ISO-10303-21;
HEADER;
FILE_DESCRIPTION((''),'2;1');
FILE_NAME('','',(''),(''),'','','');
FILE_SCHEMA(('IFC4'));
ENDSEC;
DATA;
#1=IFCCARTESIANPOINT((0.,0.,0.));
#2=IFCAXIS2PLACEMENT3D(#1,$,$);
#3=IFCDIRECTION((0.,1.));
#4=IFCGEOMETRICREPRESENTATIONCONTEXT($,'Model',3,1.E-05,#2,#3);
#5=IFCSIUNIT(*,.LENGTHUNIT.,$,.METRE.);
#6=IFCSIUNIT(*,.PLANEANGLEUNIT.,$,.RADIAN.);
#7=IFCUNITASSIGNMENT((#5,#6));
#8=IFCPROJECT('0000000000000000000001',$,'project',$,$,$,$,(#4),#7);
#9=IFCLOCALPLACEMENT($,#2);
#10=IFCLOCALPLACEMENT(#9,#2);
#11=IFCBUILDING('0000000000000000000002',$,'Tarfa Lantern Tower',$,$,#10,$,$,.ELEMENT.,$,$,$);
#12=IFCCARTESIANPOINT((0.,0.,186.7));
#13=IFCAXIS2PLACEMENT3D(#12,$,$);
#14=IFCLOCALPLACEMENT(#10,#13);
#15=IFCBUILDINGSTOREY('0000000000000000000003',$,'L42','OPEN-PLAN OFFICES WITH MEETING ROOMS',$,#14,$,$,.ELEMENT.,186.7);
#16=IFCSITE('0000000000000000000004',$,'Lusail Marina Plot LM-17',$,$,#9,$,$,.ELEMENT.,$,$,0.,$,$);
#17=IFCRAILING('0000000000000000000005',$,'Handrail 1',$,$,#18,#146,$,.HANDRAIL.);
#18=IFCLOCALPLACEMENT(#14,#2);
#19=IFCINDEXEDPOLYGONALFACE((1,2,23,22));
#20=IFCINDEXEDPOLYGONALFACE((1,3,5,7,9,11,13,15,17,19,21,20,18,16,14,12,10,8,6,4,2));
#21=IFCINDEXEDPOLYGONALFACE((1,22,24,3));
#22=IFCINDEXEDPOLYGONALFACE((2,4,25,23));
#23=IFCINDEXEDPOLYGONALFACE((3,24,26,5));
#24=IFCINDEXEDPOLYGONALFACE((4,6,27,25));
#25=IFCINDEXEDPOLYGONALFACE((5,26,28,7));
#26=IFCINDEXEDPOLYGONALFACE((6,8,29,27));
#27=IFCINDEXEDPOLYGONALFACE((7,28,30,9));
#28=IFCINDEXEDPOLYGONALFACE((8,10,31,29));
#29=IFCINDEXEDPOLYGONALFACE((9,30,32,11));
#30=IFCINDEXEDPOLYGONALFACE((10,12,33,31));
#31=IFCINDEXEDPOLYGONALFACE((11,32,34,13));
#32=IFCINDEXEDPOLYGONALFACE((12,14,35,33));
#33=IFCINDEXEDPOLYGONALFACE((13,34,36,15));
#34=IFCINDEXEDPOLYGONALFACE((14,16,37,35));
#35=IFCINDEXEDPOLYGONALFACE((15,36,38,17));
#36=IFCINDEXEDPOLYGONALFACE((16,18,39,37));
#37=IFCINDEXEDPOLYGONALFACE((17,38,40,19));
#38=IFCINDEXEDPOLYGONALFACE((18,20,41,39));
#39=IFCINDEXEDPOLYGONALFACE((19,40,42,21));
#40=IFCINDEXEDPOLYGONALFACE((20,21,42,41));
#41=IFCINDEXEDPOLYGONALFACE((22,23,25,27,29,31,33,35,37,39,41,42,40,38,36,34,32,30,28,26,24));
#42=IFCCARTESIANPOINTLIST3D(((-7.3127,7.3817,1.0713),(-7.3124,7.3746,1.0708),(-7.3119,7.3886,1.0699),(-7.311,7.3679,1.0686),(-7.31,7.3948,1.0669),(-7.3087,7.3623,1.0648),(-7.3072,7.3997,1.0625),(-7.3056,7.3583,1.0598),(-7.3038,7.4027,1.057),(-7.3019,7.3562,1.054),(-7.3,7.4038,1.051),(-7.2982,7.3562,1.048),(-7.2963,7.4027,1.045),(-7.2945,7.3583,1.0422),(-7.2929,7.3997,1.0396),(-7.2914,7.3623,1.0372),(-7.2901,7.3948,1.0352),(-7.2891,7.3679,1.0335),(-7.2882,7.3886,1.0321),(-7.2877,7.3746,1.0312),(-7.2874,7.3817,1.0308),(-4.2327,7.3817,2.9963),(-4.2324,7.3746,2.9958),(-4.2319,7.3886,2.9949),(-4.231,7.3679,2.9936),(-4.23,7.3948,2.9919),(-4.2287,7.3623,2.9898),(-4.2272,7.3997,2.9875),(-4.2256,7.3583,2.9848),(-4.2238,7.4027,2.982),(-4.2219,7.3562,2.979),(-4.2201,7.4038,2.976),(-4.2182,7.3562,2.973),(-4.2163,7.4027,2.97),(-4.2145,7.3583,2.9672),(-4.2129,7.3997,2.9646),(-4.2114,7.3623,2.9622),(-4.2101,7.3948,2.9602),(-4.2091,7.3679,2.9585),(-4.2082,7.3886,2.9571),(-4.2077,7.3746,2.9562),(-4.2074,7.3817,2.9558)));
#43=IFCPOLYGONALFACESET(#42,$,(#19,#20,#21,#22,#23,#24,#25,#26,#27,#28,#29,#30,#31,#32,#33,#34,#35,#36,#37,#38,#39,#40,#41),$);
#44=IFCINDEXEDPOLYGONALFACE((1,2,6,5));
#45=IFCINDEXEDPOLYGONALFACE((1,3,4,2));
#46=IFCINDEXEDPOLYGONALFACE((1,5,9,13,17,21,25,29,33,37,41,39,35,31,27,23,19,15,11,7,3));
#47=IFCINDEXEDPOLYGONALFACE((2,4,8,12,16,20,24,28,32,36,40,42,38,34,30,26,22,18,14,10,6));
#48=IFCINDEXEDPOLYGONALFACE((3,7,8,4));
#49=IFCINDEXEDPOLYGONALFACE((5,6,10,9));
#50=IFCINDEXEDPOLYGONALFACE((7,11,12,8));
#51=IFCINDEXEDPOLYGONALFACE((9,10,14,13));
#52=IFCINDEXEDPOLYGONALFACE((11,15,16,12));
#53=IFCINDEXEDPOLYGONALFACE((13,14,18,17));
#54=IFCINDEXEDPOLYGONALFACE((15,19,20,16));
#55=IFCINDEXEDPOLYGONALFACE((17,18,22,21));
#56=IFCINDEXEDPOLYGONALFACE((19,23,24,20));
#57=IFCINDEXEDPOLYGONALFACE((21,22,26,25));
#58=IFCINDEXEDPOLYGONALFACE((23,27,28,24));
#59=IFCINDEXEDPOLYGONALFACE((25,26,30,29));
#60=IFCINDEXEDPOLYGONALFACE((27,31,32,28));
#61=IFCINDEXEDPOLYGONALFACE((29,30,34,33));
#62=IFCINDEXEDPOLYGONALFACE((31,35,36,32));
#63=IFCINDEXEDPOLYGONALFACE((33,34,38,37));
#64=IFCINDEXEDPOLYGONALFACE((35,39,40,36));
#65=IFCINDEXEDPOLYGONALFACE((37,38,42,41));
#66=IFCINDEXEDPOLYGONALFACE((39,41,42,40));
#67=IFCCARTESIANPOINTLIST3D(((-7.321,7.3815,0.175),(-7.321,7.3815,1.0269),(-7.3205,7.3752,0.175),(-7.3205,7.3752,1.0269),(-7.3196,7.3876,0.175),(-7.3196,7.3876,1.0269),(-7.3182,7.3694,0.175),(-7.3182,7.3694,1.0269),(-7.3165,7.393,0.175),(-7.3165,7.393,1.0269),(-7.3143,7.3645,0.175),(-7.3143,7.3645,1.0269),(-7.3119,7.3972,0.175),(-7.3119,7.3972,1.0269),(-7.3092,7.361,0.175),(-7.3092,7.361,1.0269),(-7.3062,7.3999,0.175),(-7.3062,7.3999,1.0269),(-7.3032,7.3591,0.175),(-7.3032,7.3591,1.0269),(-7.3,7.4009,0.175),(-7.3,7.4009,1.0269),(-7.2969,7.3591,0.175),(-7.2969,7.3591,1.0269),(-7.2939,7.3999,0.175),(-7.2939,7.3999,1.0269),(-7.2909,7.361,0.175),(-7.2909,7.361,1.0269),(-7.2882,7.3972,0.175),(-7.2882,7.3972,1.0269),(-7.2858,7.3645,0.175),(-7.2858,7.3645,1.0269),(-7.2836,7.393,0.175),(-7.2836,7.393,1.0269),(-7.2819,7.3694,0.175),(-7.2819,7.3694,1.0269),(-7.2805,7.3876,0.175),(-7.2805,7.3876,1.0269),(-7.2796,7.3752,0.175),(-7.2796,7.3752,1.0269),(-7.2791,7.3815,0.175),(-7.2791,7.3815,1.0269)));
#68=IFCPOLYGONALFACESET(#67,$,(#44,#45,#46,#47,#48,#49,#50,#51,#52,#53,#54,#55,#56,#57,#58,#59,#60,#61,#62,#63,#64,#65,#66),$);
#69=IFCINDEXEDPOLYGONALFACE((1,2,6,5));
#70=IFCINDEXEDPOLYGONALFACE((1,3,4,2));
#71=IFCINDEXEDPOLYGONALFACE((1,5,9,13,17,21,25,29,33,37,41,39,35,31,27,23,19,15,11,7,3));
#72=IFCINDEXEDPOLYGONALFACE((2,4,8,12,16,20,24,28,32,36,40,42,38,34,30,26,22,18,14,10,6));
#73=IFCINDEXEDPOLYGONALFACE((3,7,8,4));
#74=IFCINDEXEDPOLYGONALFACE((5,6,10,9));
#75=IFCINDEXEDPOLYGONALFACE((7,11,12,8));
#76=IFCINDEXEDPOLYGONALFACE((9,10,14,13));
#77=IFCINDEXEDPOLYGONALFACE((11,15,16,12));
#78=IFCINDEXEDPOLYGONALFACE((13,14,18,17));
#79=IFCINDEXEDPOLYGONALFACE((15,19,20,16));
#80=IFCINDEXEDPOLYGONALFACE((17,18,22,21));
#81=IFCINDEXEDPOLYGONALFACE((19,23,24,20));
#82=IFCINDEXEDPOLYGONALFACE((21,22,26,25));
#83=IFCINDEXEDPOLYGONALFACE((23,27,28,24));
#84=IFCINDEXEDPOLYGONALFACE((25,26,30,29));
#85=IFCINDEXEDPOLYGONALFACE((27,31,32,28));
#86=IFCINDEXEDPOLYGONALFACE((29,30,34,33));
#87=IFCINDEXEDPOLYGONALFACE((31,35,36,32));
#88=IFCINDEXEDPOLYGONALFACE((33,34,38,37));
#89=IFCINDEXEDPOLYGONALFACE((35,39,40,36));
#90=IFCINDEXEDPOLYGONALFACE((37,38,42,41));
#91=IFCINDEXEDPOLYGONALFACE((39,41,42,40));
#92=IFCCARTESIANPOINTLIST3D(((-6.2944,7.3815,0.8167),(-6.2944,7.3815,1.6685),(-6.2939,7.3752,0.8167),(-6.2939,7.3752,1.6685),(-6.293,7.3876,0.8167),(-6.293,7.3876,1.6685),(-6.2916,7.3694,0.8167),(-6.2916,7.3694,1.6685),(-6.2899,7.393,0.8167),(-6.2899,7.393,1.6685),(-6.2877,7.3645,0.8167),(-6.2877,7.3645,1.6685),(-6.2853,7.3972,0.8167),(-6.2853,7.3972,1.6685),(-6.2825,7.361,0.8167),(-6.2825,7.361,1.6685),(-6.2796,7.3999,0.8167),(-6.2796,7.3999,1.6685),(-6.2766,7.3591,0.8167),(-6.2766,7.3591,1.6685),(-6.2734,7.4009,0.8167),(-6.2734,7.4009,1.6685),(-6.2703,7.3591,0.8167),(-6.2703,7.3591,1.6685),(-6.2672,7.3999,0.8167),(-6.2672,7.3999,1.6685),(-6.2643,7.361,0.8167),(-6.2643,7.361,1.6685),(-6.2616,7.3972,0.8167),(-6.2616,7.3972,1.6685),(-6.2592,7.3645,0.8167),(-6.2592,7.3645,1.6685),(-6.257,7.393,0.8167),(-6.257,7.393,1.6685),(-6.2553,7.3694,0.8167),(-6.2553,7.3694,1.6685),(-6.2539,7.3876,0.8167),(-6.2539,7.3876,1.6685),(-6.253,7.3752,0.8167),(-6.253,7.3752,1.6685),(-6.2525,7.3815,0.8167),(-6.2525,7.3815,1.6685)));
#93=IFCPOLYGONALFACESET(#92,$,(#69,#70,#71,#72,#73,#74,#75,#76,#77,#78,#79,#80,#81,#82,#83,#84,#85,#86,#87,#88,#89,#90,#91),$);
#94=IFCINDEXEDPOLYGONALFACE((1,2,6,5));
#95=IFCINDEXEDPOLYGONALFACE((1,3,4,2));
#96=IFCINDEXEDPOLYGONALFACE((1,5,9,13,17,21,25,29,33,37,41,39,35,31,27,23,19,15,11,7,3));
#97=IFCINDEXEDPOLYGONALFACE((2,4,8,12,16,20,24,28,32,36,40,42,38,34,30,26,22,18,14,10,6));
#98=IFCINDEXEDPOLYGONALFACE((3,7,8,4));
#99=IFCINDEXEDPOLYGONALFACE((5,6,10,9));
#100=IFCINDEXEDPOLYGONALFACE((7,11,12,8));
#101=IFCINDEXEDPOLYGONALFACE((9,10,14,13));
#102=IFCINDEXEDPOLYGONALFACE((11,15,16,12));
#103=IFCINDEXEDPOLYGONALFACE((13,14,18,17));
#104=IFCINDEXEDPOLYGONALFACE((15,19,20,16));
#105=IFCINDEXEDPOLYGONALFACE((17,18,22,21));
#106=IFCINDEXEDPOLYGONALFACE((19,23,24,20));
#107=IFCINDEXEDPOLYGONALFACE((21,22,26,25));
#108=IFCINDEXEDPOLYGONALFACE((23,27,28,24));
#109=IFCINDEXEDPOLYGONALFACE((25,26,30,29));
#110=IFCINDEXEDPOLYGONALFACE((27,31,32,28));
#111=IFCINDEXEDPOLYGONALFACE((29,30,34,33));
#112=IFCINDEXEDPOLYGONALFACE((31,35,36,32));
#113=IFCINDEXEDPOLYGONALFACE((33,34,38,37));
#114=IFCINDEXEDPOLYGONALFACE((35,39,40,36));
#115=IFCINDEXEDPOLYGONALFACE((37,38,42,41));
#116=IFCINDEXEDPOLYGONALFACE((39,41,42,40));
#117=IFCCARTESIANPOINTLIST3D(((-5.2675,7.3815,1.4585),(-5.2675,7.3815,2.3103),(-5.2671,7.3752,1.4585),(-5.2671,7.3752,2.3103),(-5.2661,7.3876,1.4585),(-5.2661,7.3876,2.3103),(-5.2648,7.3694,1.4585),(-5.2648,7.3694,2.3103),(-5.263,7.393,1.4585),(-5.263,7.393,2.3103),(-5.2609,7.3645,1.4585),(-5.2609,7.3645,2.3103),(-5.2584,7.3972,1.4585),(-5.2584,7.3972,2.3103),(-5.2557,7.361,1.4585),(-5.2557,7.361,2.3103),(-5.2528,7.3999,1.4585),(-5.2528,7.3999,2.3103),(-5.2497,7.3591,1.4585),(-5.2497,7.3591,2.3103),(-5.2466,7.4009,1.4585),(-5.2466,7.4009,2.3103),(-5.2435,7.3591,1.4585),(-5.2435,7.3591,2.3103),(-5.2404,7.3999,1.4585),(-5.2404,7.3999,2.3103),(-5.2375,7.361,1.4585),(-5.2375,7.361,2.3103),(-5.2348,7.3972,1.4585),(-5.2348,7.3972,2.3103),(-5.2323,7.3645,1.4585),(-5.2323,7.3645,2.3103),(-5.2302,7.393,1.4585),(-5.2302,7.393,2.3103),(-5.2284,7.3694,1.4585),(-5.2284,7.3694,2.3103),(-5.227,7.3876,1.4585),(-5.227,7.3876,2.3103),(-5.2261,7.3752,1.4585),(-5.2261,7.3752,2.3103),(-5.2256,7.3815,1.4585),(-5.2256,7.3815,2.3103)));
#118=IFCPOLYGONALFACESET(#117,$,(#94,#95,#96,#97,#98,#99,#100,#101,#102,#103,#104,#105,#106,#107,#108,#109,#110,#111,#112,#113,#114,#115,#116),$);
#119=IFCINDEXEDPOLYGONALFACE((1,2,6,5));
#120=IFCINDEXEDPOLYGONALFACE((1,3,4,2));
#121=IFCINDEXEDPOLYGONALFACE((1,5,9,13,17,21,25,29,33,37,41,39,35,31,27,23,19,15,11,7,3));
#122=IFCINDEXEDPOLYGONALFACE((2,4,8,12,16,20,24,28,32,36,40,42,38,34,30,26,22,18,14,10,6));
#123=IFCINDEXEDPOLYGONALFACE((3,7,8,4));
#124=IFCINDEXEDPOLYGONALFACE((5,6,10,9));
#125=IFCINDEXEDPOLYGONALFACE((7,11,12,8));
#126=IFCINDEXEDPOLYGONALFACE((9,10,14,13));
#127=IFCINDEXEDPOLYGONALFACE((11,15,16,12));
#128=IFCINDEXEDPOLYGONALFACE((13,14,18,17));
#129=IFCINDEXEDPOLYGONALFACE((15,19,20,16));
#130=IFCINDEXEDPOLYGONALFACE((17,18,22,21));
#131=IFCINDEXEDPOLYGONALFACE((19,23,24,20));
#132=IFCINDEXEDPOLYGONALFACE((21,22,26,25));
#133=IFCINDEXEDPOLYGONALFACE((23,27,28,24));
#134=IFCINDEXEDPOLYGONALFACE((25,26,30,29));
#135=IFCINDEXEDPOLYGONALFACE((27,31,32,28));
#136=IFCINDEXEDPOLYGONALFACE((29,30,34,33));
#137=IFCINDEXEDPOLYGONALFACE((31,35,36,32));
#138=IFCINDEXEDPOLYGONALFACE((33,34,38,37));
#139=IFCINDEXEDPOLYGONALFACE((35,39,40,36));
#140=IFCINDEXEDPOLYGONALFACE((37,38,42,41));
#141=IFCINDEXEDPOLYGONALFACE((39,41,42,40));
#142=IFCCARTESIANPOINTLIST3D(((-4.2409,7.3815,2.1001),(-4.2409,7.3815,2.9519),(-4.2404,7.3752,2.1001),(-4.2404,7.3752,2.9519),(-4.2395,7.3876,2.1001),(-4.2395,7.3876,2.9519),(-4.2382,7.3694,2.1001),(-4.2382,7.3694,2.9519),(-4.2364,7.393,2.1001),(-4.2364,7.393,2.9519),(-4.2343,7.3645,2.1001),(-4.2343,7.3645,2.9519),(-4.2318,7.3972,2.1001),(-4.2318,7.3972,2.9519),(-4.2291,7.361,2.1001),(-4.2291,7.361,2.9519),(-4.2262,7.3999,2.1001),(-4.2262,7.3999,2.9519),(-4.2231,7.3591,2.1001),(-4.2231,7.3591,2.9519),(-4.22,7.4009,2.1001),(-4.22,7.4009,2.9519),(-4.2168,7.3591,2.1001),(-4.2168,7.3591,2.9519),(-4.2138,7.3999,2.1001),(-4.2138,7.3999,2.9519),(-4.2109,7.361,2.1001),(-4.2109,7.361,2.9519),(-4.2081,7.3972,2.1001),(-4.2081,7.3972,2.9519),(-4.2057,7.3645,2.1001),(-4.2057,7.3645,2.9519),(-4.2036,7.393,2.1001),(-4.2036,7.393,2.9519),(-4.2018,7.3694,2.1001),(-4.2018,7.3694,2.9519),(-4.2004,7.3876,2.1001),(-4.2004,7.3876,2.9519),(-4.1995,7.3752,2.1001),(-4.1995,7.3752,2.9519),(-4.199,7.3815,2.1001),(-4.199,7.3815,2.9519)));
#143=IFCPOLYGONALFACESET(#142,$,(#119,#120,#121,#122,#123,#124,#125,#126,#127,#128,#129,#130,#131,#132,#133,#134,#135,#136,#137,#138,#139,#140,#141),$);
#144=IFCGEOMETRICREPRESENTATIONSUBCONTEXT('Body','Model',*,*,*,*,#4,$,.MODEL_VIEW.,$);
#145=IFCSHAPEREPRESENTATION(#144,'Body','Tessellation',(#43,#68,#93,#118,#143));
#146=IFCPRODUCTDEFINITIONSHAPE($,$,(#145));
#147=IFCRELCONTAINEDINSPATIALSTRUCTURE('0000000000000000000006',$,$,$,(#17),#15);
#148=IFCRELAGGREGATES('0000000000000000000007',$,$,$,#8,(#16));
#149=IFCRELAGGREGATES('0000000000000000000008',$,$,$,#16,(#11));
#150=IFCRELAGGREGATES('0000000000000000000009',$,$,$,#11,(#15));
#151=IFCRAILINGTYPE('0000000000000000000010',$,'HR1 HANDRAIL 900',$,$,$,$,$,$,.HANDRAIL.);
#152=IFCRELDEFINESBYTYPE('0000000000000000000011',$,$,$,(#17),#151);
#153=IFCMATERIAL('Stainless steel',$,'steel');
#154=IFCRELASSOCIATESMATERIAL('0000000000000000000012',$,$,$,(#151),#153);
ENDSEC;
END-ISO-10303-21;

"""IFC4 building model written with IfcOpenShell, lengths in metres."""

from ifc_helpers import new_model, si_unit, direction, frame, origin, origin_2d, place, context, subcontext, project, spatial, circle, extrude, material, type_object, element, save


model = new_model("IFC4")

# Units and contexts
model_context = context("Model", 3, precision=1e-05, world=origin(), true_north=direction((0.0, 1.0)))
body_context = subcontext(model_context, "Body", "Model", "MODEL_VIEW")
ifc_project = project(units=[si_unit("LENGTHUNIT", "METRE"), si_unit("PLANEANGLEUNIT", "RADIAN")], contexts=[model_context])

# Site, building, storey
site_placement = place(None, origin())
site = spatial("IfcSite", under=ifc_project, at=site_placement, Name="Lusail Marina Plot LM-17", CompositionType="ELEMENT", RefElevation=0.0)
building_placement = place(site_placement, origin())
building = spatial("IfcBuilding", under=site, at=building_placement, Name="Tarfa Lantern Tower", CompositionType="ELEMENT")
storey_placement = place(building_placement, frame((0.0, 0.0, 186.7)))
storey = spatial("IfcBuildingStorey", under=building, at=storey_placement, Name="L42", Description="OPEN-PLAN OFFICES WITH MEETING ROOMS", CompositionType="ELEMENT", Elevation=186.7)

# Railing
ifc_material_1 = material(Name="Stainless steel", Category="steel")
railing_type = type_object("IfcRailingType", Name="HR1 HANDRAIL 900", PredefinedType="HANDRAIL", material=ifc_material_1)
railing_1_placement = place(storey_placement, frame((-7.3, 7.3799, 0.175)))
element("IfcRailing", 1, at=railing_1_placement, inside=storey, type_object=railing_type, Name="Handrail 1", PredefinedType="HANDRAIL", context=body_context, shape_type="SweptSolid", body=[
    extrude(circle(Radius=0.0239, at=origin_2d()), frame((0.0, 0.0, 0.876), z_axis=(0.847998, 0.0, 0.529999), x_axis=(0.0, 1.0, 0.0)), (0.0, 0.0, 1.0), 3.6321),
    extrude(circle(Radius=0.021, at=origin_2d()), frame((0.0, 0.0, 0.0), z_axis=(0.0, 0.0, 1.0), x_axis=(0.0, 1.0, 0.0)), (0.0, 0.0, 1.0), 0.8518),
    extrude(circle(Radius=0.021, at=origin_2d()), frame((1.0266, 0.0, 0.6416), z_axis=(0.0, 0.0, 1.0), x_axis=(0.0, 1.0, 0.0)), (0.0, 0.0, 1.0), 0.8518),
    extrude(circle(Radius=0.021, at=origin_2d()), frame((2.0535, 0.0, 1.2834), z_axis=(0.0, 0.0, 1.0), x_axis=(0.0, 1.0, 0.0)), (0.0, 0.0, 1.0), 0.8518),
    extrude(circle(Radius=0.021, at=origin_2d()), frame((3.0801, 0.0, 1.925), z_axis=(0.0, 0.0, 1.0), x_axis=(0.0, 1.0, 0.0)), (0.0, 0.0, 1.0), 0.8518),
])

save(model, "model.ifc")
